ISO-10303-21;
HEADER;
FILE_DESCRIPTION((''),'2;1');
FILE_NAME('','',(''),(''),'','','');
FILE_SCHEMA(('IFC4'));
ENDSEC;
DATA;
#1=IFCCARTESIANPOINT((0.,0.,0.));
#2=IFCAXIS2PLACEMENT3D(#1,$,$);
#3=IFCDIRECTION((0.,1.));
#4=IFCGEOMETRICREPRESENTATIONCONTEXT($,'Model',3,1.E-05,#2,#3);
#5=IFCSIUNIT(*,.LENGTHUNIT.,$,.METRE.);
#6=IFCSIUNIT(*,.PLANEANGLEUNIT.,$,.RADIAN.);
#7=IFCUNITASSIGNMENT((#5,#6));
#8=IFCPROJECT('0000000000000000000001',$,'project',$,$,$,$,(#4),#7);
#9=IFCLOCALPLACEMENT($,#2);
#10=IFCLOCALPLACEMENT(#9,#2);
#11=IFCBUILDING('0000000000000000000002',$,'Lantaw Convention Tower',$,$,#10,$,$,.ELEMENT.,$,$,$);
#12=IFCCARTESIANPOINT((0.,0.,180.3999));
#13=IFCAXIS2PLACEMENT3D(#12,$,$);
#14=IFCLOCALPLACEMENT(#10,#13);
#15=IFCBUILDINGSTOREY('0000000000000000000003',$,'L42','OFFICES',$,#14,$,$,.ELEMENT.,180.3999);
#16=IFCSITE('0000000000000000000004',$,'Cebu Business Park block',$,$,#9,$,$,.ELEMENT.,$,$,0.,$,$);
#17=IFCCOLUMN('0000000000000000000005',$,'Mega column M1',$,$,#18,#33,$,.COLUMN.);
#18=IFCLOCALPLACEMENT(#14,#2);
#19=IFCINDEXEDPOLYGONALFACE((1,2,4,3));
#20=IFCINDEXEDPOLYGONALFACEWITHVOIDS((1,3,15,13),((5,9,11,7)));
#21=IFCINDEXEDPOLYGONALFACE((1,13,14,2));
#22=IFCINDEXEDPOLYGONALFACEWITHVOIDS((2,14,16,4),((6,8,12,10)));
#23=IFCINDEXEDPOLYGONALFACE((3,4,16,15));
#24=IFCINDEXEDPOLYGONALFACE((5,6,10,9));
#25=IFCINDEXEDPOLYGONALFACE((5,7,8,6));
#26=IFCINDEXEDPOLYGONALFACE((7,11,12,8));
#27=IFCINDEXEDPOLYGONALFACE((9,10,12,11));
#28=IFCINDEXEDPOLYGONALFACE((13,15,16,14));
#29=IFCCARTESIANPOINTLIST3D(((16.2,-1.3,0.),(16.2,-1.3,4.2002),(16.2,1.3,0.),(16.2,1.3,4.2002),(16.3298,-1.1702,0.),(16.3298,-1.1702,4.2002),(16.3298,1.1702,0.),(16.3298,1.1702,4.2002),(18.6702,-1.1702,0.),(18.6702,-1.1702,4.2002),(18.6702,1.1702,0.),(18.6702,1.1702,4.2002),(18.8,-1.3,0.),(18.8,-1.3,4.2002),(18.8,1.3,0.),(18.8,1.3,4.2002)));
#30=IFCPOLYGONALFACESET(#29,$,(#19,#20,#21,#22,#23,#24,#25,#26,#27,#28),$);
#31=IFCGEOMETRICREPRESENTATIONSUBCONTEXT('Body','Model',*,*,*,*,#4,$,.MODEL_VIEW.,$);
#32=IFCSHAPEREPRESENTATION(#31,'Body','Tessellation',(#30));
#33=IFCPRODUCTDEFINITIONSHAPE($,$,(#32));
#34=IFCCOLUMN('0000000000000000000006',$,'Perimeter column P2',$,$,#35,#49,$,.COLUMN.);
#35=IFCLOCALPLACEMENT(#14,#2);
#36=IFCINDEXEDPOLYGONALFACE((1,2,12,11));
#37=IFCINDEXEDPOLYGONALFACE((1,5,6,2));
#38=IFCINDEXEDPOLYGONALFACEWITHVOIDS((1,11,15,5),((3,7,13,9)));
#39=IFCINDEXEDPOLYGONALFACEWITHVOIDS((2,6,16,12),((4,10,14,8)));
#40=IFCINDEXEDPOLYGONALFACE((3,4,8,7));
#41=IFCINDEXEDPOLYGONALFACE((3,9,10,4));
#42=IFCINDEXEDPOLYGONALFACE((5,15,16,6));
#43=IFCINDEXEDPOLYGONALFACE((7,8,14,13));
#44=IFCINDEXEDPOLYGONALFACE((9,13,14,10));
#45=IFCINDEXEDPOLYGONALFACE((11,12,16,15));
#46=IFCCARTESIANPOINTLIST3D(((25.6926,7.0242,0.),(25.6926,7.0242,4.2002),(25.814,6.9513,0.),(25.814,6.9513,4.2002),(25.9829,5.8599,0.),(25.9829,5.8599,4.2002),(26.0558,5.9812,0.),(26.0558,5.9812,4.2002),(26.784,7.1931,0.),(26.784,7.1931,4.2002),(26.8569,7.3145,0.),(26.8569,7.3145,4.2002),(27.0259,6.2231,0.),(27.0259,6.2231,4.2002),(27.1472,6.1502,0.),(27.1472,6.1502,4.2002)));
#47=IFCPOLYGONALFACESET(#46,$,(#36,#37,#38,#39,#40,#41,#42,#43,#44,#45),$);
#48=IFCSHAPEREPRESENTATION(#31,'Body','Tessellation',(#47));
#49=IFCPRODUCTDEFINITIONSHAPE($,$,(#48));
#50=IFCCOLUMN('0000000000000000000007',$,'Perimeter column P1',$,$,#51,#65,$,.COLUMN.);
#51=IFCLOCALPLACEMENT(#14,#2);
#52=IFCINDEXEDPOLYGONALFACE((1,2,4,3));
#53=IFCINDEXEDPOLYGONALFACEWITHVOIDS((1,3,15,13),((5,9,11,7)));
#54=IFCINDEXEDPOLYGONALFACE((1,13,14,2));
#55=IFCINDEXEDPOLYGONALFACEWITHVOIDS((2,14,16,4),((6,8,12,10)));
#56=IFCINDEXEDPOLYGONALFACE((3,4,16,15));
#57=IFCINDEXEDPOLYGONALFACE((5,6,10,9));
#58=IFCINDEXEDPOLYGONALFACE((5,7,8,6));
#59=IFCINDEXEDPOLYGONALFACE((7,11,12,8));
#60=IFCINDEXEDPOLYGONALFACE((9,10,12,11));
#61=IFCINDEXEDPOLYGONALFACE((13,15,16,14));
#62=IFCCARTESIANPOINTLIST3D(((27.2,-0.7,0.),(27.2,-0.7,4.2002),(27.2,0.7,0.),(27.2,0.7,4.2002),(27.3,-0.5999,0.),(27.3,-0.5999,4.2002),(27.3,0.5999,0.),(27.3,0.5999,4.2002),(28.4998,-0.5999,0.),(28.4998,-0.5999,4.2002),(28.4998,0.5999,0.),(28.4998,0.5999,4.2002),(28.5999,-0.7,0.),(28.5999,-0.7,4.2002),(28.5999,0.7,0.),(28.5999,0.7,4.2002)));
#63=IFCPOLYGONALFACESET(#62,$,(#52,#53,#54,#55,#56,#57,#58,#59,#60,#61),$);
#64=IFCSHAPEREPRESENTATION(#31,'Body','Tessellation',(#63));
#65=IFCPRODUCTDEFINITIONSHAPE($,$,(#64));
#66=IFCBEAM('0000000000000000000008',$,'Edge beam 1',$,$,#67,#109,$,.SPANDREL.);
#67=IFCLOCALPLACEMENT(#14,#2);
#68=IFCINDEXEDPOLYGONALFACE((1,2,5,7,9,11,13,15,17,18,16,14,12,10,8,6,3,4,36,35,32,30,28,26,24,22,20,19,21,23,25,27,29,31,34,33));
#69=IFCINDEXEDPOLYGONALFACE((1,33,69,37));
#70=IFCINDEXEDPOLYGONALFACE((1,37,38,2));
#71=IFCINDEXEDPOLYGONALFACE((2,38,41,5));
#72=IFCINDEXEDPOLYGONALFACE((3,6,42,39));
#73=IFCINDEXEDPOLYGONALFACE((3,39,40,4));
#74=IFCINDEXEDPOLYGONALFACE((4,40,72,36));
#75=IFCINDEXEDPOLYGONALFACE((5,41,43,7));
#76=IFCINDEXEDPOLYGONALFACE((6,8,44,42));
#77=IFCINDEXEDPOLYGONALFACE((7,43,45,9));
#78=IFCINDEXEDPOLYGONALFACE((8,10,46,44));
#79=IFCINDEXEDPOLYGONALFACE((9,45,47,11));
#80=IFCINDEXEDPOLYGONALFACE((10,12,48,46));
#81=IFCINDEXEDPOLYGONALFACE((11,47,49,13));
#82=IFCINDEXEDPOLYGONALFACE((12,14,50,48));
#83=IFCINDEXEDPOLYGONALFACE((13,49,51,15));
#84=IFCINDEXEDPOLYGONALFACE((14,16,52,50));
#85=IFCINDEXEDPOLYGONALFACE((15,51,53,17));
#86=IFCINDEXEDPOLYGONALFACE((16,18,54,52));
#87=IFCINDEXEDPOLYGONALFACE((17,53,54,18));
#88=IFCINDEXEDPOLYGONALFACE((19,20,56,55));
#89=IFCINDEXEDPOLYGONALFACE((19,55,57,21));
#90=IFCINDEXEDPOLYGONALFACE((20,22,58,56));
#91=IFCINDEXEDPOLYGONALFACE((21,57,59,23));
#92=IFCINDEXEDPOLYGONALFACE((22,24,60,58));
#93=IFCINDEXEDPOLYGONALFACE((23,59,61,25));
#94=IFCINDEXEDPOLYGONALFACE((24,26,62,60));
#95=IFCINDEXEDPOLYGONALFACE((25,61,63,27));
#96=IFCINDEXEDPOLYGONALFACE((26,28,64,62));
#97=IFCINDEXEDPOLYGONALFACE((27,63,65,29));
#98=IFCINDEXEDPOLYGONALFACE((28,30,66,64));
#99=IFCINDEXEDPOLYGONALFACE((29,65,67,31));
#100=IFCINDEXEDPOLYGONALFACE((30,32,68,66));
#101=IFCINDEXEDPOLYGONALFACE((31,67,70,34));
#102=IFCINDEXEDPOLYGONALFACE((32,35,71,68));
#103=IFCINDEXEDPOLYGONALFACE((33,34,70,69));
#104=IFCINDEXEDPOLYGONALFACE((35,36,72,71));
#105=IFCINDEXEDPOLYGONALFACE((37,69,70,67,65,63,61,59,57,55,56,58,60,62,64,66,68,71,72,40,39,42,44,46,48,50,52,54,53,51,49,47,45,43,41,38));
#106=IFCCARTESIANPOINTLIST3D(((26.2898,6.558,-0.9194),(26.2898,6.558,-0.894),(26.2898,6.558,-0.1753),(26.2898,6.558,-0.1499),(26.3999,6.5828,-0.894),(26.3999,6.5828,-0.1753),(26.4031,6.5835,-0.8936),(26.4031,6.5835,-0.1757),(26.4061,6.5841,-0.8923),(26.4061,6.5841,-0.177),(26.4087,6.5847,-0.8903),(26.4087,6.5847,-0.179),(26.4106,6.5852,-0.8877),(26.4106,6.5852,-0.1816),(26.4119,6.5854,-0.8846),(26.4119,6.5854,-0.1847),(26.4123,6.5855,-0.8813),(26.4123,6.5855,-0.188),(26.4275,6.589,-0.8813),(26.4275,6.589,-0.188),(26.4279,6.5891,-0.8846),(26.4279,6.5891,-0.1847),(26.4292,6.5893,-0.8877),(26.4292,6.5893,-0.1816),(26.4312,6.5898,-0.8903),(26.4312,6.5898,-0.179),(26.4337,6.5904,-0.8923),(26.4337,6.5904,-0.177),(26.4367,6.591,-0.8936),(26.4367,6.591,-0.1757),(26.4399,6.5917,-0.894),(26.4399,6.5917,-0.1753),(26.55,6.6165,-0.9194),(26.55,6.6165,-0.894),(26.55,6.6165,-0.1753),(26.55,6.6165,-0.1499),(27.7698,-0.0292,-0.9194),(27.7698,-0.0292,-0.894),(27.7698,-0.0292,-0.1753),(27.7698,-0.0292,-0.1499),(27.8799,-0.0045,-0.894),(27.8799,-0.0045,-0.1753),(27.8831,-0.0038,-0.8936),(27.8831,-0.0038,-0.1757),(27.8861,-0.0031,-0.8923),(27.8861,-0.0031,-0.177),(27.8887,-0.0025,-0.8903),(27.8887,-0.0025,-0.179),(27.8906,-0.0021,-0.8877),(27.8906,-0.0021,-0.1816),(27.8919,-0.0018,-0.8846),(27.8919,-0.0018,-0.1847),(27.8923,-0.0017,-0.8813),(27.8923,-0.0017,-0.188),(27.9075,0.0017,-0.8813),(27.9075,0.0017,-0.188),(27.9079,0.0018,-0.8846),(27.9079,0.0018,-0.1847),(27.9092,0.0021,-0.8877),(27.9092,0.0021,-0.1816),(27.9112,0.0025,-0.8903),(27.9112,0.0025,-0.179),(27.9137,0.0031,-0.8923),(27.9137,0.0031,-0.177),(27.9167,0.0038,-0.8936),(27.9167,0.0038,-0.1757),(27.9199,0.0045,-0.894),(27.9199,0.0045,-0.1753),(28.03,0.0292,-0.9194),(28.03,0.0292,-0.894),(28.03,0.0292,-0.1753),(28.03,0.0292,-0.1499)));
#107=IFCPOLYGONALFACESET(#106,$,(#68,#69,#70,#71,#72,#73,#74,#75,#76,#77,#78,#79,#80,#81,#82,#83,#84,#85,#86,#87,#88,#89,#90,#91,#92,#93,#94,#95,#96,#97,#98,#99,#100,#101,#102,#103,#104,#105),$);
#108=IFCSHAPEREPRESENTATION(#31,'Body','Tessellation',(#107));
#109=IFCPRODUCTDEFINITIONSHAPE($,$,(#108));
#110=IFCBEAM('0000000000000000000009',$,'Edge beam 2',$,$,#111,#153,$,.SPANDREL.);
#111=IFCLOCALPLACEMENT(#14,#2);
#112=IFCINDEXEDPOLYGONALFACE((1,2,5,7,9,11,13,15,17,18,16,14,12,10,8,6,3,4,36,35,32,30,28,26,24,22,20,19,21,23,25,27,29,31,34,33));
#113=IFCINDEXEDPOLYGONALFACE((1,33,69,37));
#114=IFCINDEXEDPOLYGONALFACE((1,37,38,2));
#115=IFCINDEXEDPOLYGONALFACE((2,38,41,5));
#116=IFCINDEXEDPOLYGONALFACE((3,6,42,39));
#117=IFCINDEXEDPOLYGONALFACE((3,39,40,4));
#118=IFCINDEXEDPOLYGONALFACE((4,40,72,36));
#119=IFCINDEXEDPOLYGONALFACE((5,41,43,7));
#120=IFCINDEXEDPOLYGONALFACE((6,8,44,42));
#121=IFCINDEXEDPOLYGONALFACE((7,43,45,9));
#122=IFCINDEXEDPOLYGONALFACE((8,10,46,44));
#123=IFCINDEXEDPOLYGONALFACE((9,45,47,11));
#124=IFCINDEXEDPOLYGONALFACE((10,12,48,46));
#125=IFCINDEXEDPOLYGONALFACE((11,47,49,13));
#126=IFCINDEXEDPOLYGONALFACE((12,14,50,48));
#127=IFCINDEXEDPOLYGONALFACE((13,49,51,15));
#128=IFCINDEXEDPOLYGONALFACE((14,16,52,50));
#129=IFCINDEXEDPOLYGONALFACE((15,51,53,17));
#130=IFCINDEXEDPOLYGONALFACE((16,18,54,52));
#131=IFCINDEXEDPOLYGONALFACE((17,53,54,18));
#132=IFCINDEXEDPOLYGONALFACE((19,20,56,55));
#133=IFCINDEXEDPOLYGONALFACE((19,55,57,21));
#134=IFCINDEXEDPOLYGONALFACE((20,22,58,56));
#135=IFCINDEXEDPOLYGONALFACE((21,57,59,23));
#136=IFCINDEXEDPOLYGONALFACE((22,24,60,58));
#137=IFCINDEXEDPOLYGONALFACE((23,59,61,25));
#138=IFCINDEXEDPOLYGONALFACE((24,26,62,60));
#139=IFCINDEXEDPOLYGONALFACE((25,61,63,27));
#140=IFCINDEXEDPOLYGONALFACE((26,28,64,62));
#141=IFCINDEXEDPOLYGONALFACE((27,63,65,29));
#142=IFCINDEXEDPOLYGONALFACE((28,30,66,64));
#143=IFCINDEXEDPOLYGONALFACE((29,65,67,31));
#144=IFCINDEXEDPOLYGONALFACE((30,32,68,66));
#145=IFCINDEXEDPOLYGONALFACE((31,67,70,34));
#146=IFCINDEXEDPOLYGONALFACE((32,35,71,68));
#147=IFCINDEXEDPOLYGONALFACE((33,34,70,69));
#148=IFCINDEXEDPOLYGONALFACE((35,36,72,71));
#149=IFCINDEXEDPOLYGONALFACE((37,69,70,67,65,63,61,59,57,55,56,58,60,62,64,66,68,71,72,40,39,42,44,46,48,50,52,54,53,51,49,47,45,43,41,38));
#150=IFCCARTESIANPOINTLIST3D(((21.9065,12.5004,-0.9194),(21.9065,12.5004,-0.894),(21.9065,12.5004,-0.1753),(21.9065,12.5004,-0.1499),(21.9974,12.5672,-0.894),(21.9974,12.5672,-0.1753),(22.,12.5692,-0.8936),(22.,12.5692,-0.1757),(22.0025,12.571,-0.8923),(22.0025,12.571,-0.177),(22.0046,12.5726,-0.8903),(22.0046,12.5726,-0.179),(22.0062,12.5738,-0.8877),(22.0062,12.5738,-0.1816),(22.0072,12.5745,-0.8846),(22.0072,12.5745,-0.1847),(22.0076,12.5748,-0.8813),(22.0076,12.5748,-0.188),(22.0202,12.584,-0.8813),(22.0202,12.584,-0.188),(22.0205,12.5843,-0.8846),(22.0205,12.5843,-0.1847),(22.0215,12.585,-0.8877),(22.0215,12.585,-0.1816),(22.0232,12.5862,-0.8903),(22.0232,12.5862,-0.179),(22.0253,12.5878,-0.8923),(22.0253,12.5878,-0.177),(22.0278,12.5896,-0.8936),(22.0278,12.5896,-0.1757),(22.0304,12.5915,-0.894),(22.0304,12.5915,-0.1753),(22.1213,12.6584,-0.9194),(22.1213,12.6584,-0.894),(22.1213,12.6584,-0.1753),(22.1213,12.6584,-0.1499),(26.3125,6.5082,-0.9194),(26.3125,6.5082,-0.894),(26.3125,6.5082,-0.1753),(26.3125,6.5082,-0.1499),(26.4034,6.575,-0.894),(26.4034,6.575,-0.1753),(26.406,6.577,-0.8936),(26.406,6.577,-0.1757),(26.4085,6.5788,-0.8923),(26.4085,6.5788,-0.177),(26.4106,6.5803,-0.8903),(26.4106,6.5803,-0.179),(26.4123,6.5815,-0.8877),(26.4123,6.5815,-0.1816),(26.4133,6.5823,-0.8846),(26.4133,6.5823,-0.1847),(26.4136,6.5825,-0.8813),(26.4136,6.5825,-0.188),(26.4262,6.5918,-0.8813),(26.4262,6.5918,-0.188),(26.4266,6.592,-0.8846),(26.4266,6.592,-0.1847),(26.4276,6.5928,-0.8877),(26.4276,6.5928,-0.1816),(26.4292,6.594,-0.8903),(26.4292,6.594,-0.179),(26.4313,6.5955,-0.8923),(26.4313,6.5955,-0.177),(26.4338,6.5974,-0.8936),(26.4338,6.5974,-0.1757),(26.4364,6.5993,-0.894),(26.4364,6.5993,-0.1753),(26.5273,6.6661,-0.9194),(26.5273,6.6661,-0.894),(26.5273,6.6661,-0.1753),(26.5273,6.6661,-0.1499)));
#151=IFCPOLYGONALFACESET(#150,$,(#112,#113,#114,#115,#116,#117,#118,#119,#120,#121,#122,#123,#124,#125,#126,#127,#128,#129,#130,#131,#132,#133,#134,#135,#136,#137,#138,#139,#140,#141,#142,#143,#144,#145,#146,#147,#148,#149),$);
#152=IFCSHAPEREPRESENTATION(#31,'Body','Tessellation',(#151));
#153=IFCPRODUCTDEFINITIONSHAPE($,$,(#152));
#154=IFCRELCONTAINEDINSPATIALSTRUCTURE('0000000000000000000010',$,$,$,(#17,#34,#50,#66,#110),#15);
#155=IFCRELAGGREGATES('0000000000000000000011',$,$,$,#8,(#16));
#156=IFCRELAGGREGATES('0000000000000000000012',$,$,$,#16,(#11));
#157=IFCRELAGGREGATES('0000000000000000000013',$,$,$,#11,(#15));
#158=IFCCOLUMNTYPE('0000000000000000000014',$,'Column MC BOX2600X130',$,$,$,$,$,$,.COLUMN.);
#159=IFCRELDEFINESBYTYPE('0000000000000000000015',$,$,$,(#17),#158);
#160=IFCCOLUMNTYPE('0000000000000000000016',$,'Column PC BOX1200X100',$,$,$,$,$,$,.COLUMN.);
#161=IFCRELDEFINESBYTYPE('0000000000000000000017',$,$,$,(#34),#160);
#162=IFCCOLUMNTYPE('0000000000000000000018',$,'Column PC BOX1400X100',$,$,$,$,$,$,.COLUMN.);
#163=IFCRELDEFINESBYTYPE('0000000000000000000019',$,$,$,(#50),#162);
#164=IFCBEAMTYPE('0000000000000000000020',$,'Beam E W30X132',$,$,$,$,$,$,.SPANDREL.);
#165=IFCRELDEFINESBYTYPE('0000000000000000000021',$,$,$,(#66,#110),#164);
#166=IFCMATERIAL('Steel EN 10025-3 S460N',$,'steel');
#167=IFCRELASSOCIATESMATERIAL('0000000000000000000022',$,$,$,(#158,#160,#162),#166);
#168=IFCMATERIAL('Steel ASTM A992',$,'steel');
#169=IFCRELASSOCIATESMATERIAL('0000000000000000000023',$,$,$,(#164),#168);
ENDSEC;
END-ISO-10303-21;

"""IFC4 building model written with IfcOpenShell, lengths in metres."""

from ifc_helpers import new_model, si_unit, direction, frame, origin, origin_2d, place, context, subcontext, project, spatial, rectangle, hollow_rectangle, i_section, extrude, material, material_profile, profile_set, type_object, element, save


model = new_model("IFC4")

# Units and contexts
model_context = context("Model", 3, precision=1e-05, world=origin(), true_north=direction((0.0, 1.0)))
body_context = subcontext(model_context, "Body", "Model", "MODEL_VIEW")
ifc_project = project(units=[si_unit("LENGTHUNIT", "METRE"), si_unit("PLANEANGLEUNIT", "RADIAN")], contexts=[model_context])

# Site, building, storey
site_placement = place(None, origin())
site = spatial("IfcSite", under=ifc_project, at=site_placement, Name="Cebu Business Park block", CompositionType="ELEMENT", RefElevation=0.0)
building_placement = place(site_placement, origin())
building = spatial("IfcBuilding", under=site, at=building_placement, Name="Lantaw Convention Tower", CompositionType="ELEMENT")
storey_placement = place(building_placement, frame((0.0, 0.0, 180.3999)))
storey = spatial("IfcBuildingStorey", under=building, at=storey_placement, Name="L42", Description="OFFICES", CompositionType="ELEMENT", Elevation=180.3999)

# Columns
ifc_material_1 = material(Name="Steel EN 10025-3 S460N", Category="steel")
ifc_material_profile_1 = material_profile(ifc_material_1, hollow_rectangle(XDim=2.6001, YDim=2.6001, WallThickness=0.1299, at=origin_2d()), Name="BOX2600X130")
ifc_material_2 = material(Name="Concrete C60/75", Category="concrete")
ifc_material_profile_2 = material_profile(ifc_material_2, rectangle(XDim=2.3401, YDim=2.3401, at=origin_2d()), Name="Concrete fill of BOX2600X130")
ifc_profile_set_1 = profile_set([ifc_material_profile_1, ifc_material_profile_2], Name="Steel EN 10025-3 S460N")
column_type_1 = type_object("IfcColumnType", Name="Column MC BOX2600X130", PredefinedType="COLUMN", material=ifc_profile_set_1)
column_1_placement = place(storey_placement, frame((17.5, 0.0, 0.0), z_axis=(0.0, 0.0, 1.0), x_axis=(1.0, 0.0, 0.0)))
element("IfcColumn", 1, at=column_1_placement, inside=storey, type_object=column_type_1, Name="Mega column M1", PredefinedType="COLUMN", context=body_context, shape_type="SweptSolid", body=[
    extrude(hollow_rectangle(XDim=2.6001, YDim=2.6001, WallThickness=0.1299, at=origin_2d()), origin(), (0.0, 0.0, 1.0), 4.2002),
])
ifc_material_profile_3 = material_profile(ifc_material_1, hollow_rectangle(XDim=1.2, YDim=1.2, WallThickness=0.1001, at=origin_2d()), Name="BOX1200X100")
ifc_material_profile_4 = material_profile(ifc_material_2, rectangle(XDim=1.0, YDim=1.0, at=origin_2d()), Name="Concrete fill of BOX1200X100")
ifc_profile_set_2 = profile_set([ifc_material_profile_3, ifc_material_profile_4], Name="Steel EN 10025-3 S460N")
column_type_2 = type_object("IfcColumnType", Name="Column PC BOX1200X100", PredefinedType="COLUMN", material=ifc_profile_set_2)
column_2_placement = place(storey_placement, frame((26.4199, 6.5872, 0.0), z_axis=(0.0, 0.0, 1.0), x_axis=(0.970296, 0.241922, 0.0)))
element("IfcColumn", 2, at=column_2_placement, inside=storey, type_object=column_type_2, Name="Perimeter column P2", PredefinedType="COLUMN", context=body_context, shape_type="SweptSolid", body=[
    extrude(hollow_rectangle(XDim=1.2, YDim=1.2, WallThickness=0.1001, at=origin_2d()), origin(), (0.0, 0.0, 1.0), 4.2002),
])
ifc_material_profile_5 = material_profile(ifc_material_1, hollow_rectangle(XDim=1.3999, YDim=1.3999, WallThickness=0.1001, at=origin_2d()), Name="BOX1400X100")
ifc_material_profile_6 = material_profile(ifc_material_2, rectangle(XDim=1.2, YDim=1.2, at=origin_2d()), Name="Concrete fill of BOX1400X100")
ifc_profile_set_3 = profile_set([ifc_material_profile_5, ifc_material_profile_6], Name="Steel EN 10025-3 S460N")
column_type_3 = type_object("IfcColumnType", Name="Column PC BOX1400X100", PredefinedType="COLUMN", material=ifc_profile_set_3)
column_3_placement = place(storey_placement, frame((27.8999, 0.0, 0.0), z_axis=(0.0, 0.0, 1.0), x_axis=(1.0, 0.0, 0.0)))
element("IfcColumn", 3, at=column_3_placement, inside=storey, type_object=column_type_3, Name="Perimeter column P1", PredefinedType="COLUMN", context=body_context, shape_type="SweptSolid", body=[
    extrude(hollow_rectangle(XDim=1.3999, YDim=1.3999, WallThickness=0.1001, at=origin_2d()), origin(), (0.0, 0.0, 1.0), 4.2002),
])

# Beams
ifc_material_3 = material(Name="Steel ASTM A992", Category="steel")
ifc_material_profile_7 = material_profile(ifc_material_3, i_section(OverallWidth=0.2666, OverallDepth=0.7695, WebThickness=0.0156, FlangeThickness=0.0254, FilletRadius=0.0127, at=origin_2d()), Name="W30X132")
ifc_profile_set_4 = profile_set([ifc_material_profile_7], Name="Steel ASTM A992")
beam_type_1 = type_object("IfcBeamType", Name="Beam E W30X132", PredefinedType="SPANDREL", material=ifc_profile_set_4)
beam_1_placement = place(storey_placement, frame((27.8999, 0.0, -0.5347), z_axis=(-0.219212, 0.975677, 0.0), x_axis=(-0.975677, -0.219212, 0.0)))
element("IfcBeam", 4, at=beam_1_placement, inside=storey, type_object=beam_type_1, Name="Edge beam 1", PredefinedType="SPANDREL", context=body_context, shape_type="SweptSolid", body=[
    extrude(i_section(OverallWidth=0.2666, OverallDepth=0.7695, WebThickness=0.0156, FlangeThickness=0.0254, FilletRadius=0.0127, at=origin_2d()), origin(), (0.0, 0.0, 1.0), 6.7515),
])
beam_2_placement = place(storey_placement, frame((26.4199, 6.5872, -0.5347), z_axis=(-0.592389, 0.805652, 0.0), x_axis=(-0.805652, -0.592389, 0.0)))
element("IfcBeam", 5, at=beam_2_placement, inside=storey, type_object=beam_type_1, Name="Edge beam 2", PredefinedType="SPANDREL", context=body_context, shape_type="SweptSolid", body=[
    extrude(i_section(OverallWidth=0.2666, OverallDepth=0.7695, WebThickness=0.0156, FlangeThickness=0.0254, FilletRadius=0.0127, at=origin_2d()), origin(), (0.0, 0.0, 1.0), 7.4377),
])

save(model, "model.ifc")
